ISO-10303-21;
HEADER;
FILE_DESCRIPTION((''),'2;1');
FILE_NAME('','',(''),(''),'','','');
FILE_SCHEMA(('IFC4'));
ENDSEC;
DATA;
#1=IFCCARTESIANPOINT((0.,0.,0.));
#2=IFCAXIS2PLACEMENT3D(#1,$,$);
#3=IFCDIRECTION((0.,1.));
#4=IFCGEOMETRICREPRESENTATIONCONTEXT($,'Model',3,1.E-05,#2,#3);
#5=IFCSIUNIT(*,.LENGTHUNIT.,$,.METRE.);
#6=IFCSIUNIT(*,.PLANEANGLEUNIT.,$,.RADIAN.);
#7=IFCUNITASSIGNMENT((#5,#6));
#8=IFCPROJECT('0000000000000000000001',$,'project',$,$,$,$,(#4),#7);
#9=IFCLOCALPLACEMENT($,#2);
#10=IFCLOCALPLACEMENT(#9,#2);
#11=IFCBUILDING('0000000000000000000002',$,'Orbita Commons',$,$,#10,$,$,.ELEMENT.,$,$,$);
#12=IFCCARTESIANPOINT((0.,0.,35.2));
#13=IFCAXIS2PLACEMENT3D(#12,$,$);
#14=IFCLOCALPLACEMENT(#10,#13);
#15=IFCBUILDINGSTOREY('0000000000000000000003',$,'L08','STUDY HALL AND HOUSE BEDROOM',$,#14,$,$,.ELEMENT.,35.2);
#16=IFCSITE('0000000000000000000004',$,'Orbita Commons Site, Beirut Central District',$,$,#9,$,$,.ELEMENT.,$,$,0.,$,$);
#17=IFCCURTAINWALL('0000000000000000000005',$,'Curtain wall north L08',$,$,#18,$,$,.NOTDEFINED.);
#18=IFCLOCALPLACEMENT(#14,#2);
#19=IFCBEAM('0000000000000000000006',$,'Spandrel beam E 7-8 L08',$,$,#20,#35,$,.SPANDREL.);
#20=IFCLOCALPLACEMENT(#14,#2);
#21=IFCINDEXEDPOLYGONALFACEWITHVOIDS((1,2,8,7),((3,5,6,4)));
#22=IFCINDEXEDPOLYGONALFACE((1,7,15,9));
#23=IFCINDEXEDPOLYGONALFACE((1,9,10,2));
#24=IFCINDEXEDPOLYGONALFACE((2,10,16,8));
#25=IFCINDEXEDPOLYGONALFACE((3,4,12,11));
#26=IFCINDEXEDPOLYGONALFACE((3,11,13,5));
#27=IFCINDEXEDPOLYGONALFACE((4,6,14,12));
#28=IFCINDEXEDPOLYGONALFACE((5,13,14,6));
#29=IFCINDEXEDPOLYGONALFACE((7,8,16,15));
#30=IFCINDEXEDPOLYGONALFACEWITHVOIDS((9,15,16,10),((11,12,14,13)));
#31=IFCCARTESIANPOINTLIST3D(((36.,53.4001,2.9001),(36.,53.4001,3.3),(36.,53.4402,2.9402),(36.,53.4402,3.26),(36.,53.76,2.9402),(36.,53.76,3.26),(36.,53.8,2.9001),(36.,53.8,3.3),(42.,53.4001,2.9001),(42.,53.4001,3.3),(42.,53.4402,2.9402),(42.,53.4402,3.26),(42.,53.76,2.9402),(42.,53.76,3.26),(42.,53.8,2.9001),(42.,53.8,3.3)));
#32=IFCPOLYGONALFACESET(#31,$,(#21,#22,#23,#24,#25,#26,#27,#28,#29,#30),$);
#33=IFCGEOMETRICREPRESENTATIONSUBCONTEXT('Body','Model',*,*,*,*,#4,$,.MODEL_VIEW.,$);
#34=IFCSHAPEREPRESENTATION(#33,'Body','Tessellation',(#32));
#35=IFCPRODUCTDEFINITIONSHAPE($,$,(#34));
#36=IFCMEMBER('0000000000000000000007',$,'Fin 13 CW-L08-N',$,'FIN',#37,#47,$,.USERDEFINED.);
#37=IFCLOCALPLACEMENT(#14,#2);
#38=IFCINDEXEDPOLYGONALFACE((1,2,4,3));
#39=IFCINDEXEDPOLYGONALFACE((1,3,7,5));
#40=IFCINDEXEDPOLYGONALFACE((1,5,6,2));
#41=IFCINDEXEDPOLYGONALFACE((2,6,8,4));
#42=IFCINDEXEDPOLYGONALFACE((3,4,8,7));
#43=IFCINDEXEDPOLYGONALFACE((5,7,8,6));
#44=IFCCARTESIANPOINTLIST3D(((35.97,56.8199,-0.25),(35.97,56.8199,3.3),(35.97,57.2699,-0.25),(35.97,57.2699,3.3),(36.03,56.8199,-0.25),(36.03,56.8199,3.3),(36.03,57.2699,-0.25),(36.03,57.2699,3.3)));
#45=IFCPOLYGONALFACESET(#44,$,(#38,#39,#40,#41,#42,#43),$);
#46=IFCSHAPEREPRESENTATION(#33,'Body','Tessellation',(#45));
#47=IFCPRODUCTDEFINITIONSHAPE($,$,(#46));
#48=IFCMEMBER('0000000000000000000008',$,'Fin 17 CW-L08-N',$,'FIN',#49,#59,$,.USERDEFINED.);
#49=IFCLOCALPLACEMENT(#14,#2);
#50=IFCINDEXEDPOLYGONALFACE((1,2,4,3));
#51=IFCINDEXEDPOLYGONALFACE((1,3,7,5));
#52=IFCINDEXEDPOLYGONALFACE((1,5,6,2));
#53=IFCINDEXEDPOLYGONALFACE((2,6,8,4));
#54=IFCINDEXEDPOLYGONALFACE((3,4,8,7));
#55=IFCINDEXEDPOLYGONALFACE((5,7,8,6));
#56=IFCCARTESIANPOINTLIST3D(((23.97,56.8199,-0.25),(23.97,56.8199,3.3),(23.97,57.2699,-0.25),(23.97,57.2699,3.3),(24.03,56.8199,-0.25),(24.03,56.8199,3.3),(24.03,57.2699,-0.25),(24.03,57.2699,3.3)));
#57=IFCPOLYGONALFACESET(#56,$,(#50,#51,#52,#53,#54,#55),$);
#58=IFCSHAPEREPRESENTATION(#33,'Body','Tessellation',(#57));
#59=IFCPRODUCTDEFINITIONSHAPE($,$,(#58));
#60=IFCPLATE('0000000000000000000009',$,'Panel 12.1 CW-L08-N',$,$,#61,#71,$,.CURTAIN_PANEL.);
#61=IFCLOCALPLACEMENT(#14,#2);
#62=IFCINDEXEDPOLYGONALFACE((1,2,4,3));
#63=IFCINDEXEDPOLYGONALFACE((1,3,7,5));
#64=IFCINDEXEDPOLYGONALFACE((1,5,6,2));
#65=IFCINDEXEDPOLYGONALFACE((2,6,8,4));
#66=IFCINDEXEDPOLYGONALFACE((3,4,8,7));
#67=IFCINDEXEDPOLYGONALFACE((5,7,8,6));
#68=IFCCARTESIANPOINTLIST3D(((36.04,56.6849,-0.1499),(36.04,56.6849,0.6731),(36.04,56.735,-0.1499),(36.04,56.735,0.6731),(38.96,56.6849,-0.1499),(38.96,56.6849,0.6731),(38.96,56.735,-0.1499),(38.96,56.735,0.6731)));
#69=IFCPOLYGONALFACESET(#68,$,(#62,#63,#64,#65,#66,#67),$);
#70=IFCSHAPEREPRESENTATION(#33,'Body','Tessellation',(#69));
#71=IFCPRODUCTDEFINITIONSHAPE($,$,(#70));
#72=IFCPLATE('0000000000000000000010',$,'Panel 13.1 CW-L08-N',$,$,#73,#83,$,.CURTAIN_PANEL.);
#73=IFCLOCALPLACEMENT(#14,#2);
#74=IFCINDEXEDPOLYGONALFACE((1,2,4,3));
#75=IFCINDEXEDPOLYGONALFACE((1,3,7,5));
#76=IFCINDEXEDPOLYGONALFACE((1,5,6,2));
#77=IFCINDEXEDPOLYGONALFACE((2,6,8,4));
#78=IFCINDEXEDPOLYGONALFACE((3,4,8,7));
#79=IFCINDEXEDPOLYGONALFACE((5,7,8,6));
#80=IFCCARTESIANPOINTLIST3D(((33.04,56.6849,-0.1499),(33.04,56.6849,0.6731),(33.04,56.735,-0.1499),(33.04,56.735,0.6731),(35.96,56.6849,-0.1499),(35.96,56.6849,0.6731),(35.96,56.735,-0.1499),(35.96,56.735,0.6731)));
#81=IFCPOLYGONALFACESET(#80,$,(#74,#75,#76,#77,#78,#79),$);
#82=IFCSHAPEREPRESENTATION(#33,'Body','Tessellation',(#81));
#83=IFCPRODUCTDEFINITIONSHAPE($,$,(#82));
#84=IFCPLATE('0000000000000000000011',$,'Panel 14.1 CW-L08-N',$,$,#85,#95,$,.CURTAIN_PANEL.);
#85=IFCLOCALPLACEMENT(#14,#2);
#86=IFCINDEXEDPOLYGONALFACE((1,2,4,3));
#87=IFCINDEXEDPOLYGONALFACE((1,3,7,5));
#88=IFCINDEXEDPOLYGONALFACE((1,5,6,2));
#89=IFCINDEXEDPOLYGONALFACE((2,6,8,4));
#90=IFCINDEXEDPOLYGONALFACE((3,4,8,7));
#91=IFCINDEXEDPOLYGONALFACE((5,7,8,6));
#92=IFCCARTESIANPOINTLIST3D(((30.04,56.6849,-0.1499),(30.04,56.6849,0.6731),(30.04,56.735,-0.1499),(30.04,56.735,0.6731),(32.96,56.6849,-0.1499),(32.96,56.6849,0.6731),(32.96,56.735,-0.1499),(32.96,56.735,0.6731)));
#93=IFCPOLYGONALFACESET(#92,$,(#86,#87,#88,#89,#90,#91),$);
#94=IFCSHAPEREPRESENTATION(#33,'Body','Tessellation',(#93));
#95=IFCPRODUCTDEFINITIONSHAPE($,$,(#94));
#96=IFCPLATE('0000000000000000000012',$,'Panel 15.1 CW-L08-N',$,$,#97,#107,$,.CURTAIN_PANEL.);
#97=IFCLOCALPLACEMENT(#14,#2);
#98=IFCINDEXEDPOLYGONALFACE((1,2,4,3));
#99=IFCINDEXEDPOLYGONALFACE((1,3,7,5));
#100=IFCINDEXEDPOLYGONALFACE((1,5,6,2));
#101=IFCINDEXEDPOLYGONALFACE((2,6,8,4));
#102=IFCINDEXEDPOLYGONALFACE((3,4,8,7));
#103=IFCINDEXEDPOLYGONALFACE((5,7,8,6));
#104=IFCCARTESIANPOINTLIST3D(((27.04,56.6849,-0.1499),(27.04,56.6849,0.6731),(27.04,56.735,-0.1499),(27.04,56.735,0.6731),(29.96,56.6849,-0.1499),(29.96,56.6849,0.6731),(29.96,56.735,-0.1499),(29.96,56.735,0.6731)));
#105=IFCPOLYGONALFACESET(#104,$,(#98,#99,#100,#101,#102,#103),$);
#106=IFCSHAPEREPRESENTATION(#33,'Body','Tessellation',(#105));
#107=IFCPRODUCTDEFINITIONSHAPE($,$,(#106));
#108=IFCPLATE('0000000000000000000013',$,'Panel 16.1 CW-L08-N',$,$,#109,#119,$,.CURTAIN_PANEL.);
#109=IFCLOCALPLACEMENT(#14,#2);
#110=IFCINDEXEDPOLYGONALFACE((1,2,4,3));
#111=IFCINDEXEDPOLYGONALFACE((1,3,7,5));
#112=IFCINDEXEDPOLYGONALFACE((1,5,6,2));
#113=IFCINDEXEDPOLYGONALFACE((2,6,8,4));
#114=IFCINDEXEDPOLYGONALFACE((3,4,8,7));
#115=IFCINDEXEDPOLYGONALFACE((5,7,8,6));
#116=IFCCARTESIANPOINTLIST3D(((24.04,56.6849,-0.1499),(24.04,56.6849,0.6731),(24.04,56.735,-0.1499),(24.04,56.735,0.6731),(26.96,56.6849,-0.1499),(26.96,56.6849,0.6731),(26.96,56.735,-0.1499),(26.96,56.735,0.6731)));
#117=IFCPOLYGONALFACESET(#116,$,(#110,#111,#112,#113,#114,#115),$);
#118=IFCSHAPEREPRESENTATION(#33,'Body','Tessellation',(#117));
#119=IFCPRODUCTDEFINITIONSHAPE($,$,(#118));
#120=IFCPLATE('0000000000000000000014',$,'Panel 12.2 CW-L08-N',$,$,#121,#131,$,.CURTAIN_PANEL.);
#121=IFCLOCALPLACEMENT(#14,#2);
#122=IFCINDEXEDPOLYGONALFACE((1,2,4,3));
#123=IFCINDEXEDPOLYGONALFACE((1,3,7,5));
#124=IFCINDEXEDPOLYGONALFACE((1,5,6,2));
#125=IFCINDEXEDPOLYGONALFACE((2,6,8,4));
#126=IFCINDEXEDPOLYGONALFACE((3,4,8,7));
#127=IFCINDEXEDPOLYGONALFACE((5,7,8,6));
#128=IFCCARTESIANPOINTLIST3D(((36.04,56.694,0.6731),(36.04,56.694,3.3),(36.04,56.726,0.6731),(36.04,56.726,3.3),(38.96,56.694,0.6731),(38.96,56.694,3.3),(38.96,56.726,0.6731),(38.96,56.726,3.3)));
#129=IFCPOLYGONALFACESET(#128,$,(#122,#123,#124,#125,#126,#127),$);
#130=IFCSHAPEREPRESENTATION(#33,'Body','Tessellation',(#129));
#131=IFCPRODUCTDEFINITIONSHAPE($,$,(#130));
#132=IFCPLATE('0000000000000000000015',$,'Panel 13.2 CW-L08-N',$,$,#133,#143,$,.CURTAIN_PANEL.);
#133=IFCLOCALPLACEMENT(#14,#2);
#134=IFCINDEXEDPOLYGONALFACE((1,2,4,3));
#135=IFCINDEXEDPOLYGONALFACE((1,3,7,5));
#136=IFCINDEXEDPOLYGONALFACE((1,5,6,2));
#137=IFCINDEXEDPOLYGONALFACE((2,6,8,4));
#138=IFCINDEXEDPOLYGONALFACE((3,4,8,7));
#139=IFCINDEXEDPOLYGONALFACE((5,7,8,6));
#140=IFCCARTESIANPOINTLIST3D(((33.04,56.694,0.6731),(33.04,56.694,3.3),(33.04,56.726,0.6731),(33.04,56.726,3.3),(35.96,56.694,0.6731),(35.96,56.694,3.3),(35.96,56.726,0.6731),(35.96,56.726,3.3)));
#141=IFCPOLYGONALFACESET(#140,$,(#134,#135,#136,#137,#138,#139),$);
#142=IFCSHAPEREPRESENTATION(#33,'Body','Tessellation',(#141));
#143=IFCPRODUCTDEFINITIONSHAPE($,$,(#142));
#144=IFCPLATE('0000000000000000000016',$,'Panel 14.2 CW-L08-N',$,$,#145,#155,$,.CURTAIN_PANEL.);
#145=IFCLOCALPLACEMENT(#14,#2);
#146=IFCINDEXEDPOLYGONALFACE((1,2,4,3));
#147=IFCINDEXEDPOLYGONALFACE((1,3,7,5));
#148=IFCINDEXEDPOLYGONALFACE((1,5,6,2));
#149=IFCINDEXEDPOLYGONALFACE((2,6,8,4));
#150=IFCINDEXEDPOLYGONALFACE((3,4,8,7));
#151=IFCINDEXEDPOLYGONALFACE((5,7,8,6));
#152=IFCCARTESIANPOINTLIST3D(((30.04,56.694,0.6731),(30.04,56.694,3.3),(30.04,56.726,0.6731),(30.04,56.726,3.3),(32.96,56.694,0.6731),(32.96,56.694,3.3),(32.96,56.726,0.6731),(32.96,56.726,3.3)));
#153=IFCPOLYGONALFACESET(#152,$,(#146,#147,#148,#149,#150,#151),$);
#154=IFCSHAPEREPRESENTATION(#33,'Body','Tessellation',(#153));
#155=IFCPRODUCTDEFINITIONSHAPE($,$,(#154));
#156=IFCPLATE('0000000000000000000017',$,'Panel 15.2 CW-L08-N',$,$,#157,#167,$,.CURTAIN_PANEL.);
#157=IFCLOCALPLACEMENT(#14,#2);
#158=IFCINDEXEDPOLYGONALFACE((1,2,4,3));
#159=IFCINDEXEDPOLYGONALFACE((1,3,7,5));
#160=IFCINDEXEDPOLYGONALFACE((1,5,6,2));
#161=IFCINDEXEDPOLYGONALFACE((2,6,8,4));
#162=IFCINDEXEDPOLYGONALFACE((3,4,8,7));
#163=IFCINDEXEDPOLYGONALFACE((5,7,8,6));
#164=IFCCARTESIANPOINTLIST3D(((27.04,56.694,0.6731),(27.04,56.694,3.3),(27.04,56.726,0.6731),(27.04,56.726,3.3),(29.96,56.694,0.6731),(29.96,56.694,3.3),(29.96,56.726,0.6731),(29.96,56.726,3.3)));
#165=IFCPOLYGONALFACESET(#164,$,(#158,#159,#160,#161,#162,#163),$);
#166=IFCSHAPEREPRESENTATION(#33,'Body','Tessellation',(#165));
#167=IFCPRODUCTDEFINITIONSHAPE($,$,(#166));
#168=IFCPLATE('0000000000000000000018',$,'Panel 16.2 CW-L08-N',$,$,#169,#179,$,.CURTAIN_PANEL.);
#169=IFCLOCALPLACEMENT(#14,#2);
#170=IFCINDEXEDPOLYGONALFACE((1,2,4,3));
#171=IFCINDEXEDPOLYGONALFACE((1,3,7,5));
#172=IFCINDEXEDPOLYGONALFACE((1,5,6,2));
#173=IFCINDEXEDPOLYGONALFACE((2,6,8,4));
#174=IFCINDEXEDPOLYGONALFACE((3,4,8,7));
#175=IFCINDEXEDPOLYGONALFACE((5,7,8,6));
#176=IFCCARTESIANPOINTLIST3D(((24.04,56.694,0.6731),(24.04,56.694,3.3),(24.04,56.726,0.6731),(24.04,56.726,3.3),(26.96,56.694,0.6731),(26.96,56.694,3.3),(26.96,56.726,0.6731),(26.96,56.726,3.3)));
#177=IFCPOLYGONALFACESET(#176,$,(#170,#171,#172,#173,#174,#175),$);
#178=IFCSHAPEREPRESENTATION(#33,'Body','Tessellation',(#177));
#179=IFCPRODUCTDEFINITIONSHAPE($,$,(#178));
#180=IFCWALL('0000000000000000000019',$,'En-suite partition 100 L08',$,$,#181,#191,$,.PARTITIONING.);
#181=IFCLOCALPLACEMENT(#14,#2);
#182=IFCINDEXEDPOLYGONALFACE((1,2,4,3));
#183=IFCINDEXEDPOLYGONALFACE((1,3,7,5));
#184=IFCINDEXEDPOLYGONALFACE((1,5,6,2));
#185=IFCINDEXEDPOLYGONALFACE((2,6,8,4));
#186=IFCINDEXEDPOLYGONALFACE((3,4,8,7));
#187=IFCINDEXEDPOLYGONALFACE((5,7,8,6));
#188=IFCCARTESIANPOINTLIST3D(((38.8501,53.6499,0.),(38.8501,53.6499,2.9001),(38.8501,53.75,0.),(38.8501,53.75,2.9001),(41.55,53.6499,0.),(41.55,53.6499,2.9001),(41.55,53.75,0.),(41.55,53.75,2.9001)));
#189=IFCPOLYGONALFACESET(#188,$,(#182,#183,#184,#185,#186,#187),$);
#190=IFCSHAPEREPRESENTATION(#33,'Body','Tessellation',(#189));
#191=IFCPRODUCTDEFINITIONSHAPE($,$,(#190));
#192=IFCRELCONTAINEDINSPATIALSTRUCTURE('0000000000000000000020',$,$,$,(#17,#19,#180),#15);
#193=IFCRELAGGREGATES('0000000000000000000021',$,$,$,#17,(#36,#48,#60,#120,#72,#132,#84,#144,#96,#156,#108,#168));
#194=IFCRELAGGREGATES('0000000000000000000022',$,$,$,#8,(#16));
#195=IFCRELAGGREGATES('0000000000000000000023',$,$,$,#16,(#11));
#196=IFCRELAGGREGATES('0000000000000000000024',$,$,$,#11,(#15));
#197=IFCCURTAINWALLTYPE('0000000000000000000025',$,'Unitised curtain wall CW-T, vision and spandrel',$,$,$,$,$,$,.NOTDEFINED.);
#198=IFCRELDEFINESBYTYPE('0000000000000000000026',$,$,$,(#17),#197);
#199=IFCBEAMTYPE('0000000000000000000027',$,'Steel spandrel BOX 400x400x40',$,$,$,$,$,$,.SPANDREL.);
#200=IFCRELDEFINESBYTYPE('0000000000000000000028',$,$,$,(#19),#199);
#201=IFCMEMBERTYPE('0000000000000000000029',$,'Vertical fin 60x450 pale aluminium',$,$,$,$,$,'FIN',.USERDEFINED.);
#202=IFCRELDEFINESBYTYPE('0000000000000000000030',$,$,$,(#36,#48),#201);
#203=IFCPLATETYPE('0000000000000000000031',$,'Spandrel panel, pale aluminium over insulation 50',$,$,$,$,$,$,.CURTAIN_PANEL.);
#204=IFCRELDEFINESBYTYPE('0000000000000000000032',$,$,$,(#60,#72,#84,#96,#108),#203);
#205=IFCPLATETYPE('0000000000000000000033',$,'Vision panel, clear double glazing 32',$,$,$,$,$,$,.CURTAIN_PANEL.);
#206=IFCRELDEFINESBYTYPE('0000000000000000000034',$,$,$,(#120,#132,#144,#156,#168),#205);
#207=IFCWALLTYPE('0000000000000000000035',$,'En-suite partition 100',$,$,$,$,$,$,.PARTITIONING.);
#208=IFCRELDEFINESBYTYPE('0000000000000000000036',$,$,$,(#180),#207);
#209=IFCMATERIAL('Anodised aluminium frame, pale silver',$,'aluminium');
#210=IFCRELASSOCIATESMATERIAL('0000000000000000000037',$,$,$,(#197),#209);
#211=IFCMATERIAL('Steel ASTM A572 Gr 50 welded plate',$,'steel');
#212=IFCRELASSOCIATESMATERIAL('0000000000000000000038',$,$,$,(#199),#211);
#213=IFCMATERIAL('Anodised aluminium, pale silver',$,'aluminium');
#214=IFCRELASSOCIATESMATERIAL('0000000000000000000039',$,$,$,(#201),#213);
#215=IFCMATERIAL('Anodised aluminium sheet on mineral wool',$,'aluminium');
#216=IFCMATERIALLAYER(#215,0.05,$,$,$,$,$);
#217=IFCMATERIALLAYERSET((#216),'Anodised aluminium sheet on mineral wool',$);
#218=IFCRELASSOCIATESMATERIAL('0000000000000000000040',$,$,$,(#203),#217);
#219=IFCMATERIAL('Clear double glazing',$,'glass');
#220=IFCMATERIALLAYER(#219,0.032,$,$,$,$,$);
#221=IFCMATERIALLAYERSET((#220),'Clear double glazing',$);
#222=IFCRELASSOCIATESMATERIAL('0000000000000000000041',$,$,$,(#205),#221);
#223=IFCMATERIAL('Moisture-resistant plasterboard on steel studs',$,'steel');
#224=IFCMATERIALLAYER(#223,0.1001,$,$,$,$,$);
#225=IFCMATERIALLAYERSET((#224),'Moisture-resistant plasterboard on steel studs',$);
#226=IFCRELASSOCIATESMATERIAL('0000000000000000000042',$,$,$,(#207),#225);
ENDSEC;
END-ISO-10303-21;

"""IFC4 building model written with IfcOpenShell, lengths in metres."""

from ifc_helpers import new_model, si_unit, direction, frame, origin, origin_2d, place, context, subcontext, project, spatial, polyline, rectangle, hollow_rectangle, outline, extrude, material, layer, layer_set, material_profile, profile_set, type_object, element, aggregate, save


model = new_model("IFC4")

# Units and contexts
model_context = context("Model", 3, precision=1e-05, world=origin(), true_north=direction((0.0, 1.0)))
body_context = subcontext(model_context, "Body", "Model", "MODEL_VIEW")
ifc_project = project(units=[si_unit("LENGTHUNIT", "METRE"), si_unit("PLANEANGLEUNIT", "RADIAN")], contexts=[model_context])

# Site, building, storey
site_placement = place(None, origin())
site = spatial("IfcSite", under=ifc_project, at=site_placement, Name="Orbita Commons Site, Beirut Central District", CompositionType="ELEMENT", RefElevation=0.0)
building_placement = place(site_placement, origin())
building = spatial("IfcBuilding", under=site, at=building_placement, Name="Orbita Commons", CompositionType="ELEMENT")
storey_placement = place(building_placement, frame((0.0, 0.0, 35.2)))
storey = spatial("IfcBuildingStorey", under=building, at=storey_placement, Name="L08", Description="STUDY HALL AND HOUSE BEDROOM", CompositionType="ELEMENT", Elevation=35.2)

# Curtain wall
ifc_material_1 = material(Name="Anodised aluminium frame, pale silver", Category="aluminium")
curtain_wall_type = type_object("IfcCurtainWallType", Name="Unitised curtain wall CW-T, vision and spandrel", PredefinedType="NOTDEFINED", material=ifc_material_1)
curtain_wall_placement = place(storey_placement, origin())
curtain_wall = element("IfcCurtainWall", 1, at=curtain_wall_placement, inside=storey, type_object=curtain_wall_type, Name="Curtain wall north L08", PredefinedType="NOTDEFINED")

# Beam
ifc_material_2 = material(Name="Steel ASTM A572 Gr 50 welded plate", Category="steel")
ifc_material_profile_1 = material_profile(ifc_material_2, hollow_rectangle(XDim=0.3999, YDim=0.3999, WallThickness=0.04, at=origin_2d()), Name="BOX 400x400x40")
ifc_profile_set_1 = profile_set([ifc_material_profile_1], Name="Steel ASTM A572 Gr 50 welded plate")
beam_type = type_object("IfcBeamType", Name="Steel spandrel BOX 400x400x40", PredefinedType="SPANDREL", material=ifc_profile_set_1)
for number, where, z_axis, x_axis, name in (
    (2, (36.0, 53.6001, 3.1001), (1.0, 0.0, 0.0), (0.0, 1.0, 0.0), "Spandrel beam E 7-8 L08"),
):
    element("IfcBeam", number, at=place(storey_placement, frame(where, z_axis=z_axis, x_axis=x_axis)), inside=storey, type_object=beam_type, Name=name, PredefinedType="SPANDREL", context=body_context, shape_type="SweptSolid", body=[
        extrude(hollow_rectangle(XDim=0.3999, YDim=0.3999, WallThickness=0.04, at=origin_2d()), origin(), (0.0, 0.0, 1.0), 6.0),
    ])

# Members
ifc_material_3 = material(Name="Anodised aluminium, pale silver", Category="aluminium")
ifc_material_profile_2 = material_profile(ifc_material_3, rectangle(XDim=0.0601, YDim=0.45, at=origin_2d()), Name="FIN 60x450")
ifc_profile_set_2 = profile_set([ifc_material_profile_2], Name="Anodised aluminium, pale silver")
member_type_1 = type_object("IfcMemberType", Name="Vertical fin 60x450 pale aluminium", ElementType="FIN", PredefinedType="USERDEFINED", material=ifc_profile_set_2)
member_1_placement = place(storey_placement, frame((36.0, 57.0449, -0.25), z_axis=(0.0, 0.0, 1.0), x_axis=(-1.0, 0.0, 0.0)))
member_1 = element("IfcMember", 3, at=member_1_placement, type_object=member_type_1, Name="Fin 13 CW-L08-N", ObjectType="FIN", PredefinedType="USERDEFINED", context=body_context, shape_type="SweptSolid", body=[
    extrude(rectangle(XDim=0.0601, YDim=0.45, at=origin_2d()), origin(), (0.0, 0.0, 1.0), 3.55),
])
member_2_placement = place(storey_placement, frame((24.0, 57.0449, -0.25), z_axis=(0.0, 0.0, 1.0), x_axis=(-1.0, 0.0, 0.0)))
member_2 = element("IfcMember", 4, at=member_2_placement, type_object=member_type_1, Name="Fin 17 CW-L08-N", ObjectType="FIN", PredefinedType="USERDEFINED", context=body_context, shape_type="SweptSolid", body=[
    extrude(rectangle(XDim=0.0601, YDim=0.45, at=origin_2d()), origin(), (0.0, 0.0, 1.0), 3.55),
])

# Plates
ifc_material_4 = material(Name="Anodised aluminium sheet on mineral wool", Category="aluminium")
ifc_layer_1 = layer(ifc_material_4, 0.05)
ifc_layer_set_1 = layer_set([ifc_layer_1], Name="Anodised aluminium sheet on mineral wool")
plate_type_1 = type_object("IfcPlateType", Name="Spandrel panel, pale aluminium over insulation 50", PredefinedType="CURTAIN_PANEL", material=ifc_layer_set_1)
plate_1_placement = place(storey_placement, frame((37.5, 56.71, -0.1499), z_axis=(0.0, 0.0, 1.0), x_axis=(-1.0, 0.0, 0.0)))
plate_1 = element("IfcPlate", 5, at=plate_1_placement, type_object=plate_type_1, Name="Panel 12.1 CW-L08-N", PredefinedType="CURTAIN_PANEL", context=body_context, shape_type="SweptSolid", body=[
    extrude(rectangle(XDim=2.9199, YDim=0.05, at=origin_2d()), origin(), (0.0, 0.0, 1.0), 0.823),
])
plate_2_placement = place(storey_placement, frame((34.5, 56.71, -0.1499), z_axis=(0.0, 0.0, 1.0), x_axis=(-1.0, 0.0, 0.0)))
plate_2 = element("IfcPlate", 6, at=plate_2_placement, type_object=plate_type_1, Name="Panel 13.1 CW-L08-N", PredefinedType="CURTAIN_PANEL", context=body_context, shape_type="SweptSolid", body=[
    extrude(rectangle(XDim=2.9199, YDim=0.05, at=origin_2d()), origin(), (0.0, 0.0, 1.0), 0.823),
])
plate_3_placement = place(storey_placement, frame((31.5, 56.71, -0.1499), z_axis=(0.0, 0.0, 1.0), x_axis=(-1.0, 0.0, 0.0)))
plate_3 = element("IfcPlate", 7, at=plate_3_placement, type_object=plate_type_1, Name="Panel 14.1 CW-L08-N", PredefinedType="CURTAIN_PANEL", context=body_context, shape_type="SweptSolid", body=[
    extrude(rectangle(XDim=2.9199, YDim=0.05, at=origin_2d()), origin(), (0.0, 0.0, 1.0), 0.823),
])
plate_4_placement = place(storey_placement, frame((28.5, 56.71, -0.1499), z_axis=(0.0, 0.0, 1.0), x_axis=(-1.0, 0.0, 0.0)))
plate_4 = element("IfcPlate", 8, at=plate_4_placement, type_object=plate_type_1, Name="Panel 15.1 CW-L08-N", PredefinedType="CURTAIN_PANEL", context=body_context, shape_type="SweptSolid", body=[
    extrude(rectangle(XDim=2.9199, YDim=0.05, at=origin_2d()), origin(), (0.0, 0.0, 1.0), 0.823),
])
plate_5_placement = place(storey_placement, frame((25.5, 56.71, -0.1499), z_axis=(0.0, 0.0, 1.0), x_axis=(-1.0, 0.0, 0.0)))
plate_5 = element("IfcPlate", 9, at=plate_5_placement, type_object=plate_type_1, Name="Panel 16.1 CW-L08-N", PredefinedType="CURTAIN_PANEL", context=body_context, shape_type="SweptSolid", body=[
    extrude(rectangle(XDim=2.9199, YDim=0.05, at=origin_2d()), origin(), (0.0, 0.0, 1.0), 0.823),
])
ifc_material_5 = material(Name="Clear double glazing", Category="glass")
ifc_layer_2 = layer(ifc_material_5, 0.032)
ifc_layer_set_2 = layer_set([ifc_layer_2], Name="Clear double glazing")
plate_type_2 = type_object("IfcPlateType", Name="Vision panel, clear double glazing 32", PredefinedType="CURTAIN_PANEL", material=ifc_layer_set_2)
plate_6_placement = place(storey_placement, frame((37.5, 56.71, 0.6731), z_axis=(0.0, 0.0, 1.0), x_axis=(-1.0, 0.0, 0.0)))
plate_6 = element("IfcPlate", 10, at=plate_6_placement, type_object=plate_type_2, Name="Panel 12.2 CW-L08-N", PredefinedType="CURTAIN_PANEL", context=body_context, shape_type="SweptSolid", body=[
    extrude(rectangle(XDim=2.9199, YDim=0.032, at=origin_2d()), origin(), (0.0, 0.0, 1.0), 2.627),
])
plate_7_placement = place(storey_placement, frame((34.5, 56.71, 0.6731), z_axis=(0.0, 0.0, 1.0), x_axis=(-1.0, 0.0, 0.0)))
plate_7 = element("IfcPlate", 11, at=plate_7_placement, type_object=plate_type_2, Name="Panel 13.2 CW-L08-N", PredefinedType="CURTAIN_PANEL", context=body_context, shape_type="SweptSolid", body=[
    extrude(rectangle(XDim=2.9199, YDim=0.032, at=origin_2d()), origin(), (0.0, 0.0, 1.0), 2.627),
])
plate_8_placement = place(storey_placement, frame((31.5, 56.71, 0.6731), z_axis=(0.0, 0.0, 1.0), x_axis=(-1.0, 0.0, 0.0)))
plate_8 = element("IfcPlate", 12, at=plate_8_placement, type_object=plate_type_2, Name="Panel 14.2 CW-L08-N", PredefinedType="CURTAIN_PANEL", context=body_context, shape_type="SweptSolid", body=[
    extrude(rectangle(XDim=2.9199, YDim=0.032, at=origin_2d()), origin(), (0.0, 0.0, 1.0), 2.627),
])
plate_9_placement = place(storey_placement, frame((28.5, 56.71, 0.6731), z_axis=(0.0, 0.0, 1.0), x_axis=(-1.0, 0.0, 0.0)))
plate_9 = element("IfcPlate", 13, at=plate_9_placement, type_object=plate_type_2, Name="Panel 15.2 CW-L08-N", PredefinedType="CURTAIN_PANEL", context=body_context, shape_type="SweptSolid", body=[
    extrude(rectangle(XDim=2.9199, YDim=0.032, at=origin_2d()), origin(), (0.0, 0.0, 1.0), 2.627),
])
plate_10_placement = place(storey_placement, frame((25.5, 56.71, 0.6731), z_axis=(0.0, 0.0, 1.0), x_axis=(-1.0, 0.0, 0.0)))
plate_10 = element("IfcPlate", 14, at=plate_10_placement, type_object=plate_type_2, Name="Panel 16.2 CW-L08-N", PredefinedType="CURTAIN_PANEL", context=body_context, shape_type="SweptSolid", body=[
    extrude(rectangle(XDim=2.9199, YDim=0.032, at=origin_2d()), origin(), (0.0, 0.0, 1.0), 2.627),
])
aggregate(curtain_wall, [member_1, member_2, plate_1, plate_6, plate_2, plate_7, plate_3, plate_8, plate_4, plate_9, plate_5, plate_10])

# Wall
ifc_material_6 = material(Name="Moisture-resistant plasterboard on steel studs", Category="steel")
ifc_layer_3 = layer(ifc_material_6, 0.1001)
ifc_layer_set_3 = layer_set([ifc_layer_3], Name="Moisture-resistant plasterboard on steel studs")
wall_type_1 = type_object("IfcWallType", Name="En-suite partition 100", PredefinedType="PARTITIONING", material=ifc_layer_set_3)
wall_1_placement = place(storey_placement, frame((38.8501, 53.7, 0.0), z_axis=(0.0, 0.0, 1.0), x_axis=(1.0, 0.0, 0.0)))
element("IfcWall", 15, at=wall_1_placement, inside=storey, type_object=wall_type_1, Name="En-suite partition 100 L08", PredefinedType="PARTITIONING", context=body_context, shape_type="SweptSolid", body=[
    extrude(outline(polyline([(0.0, 0.0), (2.7, 0.0), (2.7, 2.9001), (0.0, 2.9001), (0.0, 0.0)])), frame((0.0, 0.05, 0.0), z_axis=(0.0, -1.0, 0.0), x_axis=(1.0, 0.0, 0.0)), (0.0, 0.0, 1.0), 0.1001),
])

save(model, "model.ifc")
